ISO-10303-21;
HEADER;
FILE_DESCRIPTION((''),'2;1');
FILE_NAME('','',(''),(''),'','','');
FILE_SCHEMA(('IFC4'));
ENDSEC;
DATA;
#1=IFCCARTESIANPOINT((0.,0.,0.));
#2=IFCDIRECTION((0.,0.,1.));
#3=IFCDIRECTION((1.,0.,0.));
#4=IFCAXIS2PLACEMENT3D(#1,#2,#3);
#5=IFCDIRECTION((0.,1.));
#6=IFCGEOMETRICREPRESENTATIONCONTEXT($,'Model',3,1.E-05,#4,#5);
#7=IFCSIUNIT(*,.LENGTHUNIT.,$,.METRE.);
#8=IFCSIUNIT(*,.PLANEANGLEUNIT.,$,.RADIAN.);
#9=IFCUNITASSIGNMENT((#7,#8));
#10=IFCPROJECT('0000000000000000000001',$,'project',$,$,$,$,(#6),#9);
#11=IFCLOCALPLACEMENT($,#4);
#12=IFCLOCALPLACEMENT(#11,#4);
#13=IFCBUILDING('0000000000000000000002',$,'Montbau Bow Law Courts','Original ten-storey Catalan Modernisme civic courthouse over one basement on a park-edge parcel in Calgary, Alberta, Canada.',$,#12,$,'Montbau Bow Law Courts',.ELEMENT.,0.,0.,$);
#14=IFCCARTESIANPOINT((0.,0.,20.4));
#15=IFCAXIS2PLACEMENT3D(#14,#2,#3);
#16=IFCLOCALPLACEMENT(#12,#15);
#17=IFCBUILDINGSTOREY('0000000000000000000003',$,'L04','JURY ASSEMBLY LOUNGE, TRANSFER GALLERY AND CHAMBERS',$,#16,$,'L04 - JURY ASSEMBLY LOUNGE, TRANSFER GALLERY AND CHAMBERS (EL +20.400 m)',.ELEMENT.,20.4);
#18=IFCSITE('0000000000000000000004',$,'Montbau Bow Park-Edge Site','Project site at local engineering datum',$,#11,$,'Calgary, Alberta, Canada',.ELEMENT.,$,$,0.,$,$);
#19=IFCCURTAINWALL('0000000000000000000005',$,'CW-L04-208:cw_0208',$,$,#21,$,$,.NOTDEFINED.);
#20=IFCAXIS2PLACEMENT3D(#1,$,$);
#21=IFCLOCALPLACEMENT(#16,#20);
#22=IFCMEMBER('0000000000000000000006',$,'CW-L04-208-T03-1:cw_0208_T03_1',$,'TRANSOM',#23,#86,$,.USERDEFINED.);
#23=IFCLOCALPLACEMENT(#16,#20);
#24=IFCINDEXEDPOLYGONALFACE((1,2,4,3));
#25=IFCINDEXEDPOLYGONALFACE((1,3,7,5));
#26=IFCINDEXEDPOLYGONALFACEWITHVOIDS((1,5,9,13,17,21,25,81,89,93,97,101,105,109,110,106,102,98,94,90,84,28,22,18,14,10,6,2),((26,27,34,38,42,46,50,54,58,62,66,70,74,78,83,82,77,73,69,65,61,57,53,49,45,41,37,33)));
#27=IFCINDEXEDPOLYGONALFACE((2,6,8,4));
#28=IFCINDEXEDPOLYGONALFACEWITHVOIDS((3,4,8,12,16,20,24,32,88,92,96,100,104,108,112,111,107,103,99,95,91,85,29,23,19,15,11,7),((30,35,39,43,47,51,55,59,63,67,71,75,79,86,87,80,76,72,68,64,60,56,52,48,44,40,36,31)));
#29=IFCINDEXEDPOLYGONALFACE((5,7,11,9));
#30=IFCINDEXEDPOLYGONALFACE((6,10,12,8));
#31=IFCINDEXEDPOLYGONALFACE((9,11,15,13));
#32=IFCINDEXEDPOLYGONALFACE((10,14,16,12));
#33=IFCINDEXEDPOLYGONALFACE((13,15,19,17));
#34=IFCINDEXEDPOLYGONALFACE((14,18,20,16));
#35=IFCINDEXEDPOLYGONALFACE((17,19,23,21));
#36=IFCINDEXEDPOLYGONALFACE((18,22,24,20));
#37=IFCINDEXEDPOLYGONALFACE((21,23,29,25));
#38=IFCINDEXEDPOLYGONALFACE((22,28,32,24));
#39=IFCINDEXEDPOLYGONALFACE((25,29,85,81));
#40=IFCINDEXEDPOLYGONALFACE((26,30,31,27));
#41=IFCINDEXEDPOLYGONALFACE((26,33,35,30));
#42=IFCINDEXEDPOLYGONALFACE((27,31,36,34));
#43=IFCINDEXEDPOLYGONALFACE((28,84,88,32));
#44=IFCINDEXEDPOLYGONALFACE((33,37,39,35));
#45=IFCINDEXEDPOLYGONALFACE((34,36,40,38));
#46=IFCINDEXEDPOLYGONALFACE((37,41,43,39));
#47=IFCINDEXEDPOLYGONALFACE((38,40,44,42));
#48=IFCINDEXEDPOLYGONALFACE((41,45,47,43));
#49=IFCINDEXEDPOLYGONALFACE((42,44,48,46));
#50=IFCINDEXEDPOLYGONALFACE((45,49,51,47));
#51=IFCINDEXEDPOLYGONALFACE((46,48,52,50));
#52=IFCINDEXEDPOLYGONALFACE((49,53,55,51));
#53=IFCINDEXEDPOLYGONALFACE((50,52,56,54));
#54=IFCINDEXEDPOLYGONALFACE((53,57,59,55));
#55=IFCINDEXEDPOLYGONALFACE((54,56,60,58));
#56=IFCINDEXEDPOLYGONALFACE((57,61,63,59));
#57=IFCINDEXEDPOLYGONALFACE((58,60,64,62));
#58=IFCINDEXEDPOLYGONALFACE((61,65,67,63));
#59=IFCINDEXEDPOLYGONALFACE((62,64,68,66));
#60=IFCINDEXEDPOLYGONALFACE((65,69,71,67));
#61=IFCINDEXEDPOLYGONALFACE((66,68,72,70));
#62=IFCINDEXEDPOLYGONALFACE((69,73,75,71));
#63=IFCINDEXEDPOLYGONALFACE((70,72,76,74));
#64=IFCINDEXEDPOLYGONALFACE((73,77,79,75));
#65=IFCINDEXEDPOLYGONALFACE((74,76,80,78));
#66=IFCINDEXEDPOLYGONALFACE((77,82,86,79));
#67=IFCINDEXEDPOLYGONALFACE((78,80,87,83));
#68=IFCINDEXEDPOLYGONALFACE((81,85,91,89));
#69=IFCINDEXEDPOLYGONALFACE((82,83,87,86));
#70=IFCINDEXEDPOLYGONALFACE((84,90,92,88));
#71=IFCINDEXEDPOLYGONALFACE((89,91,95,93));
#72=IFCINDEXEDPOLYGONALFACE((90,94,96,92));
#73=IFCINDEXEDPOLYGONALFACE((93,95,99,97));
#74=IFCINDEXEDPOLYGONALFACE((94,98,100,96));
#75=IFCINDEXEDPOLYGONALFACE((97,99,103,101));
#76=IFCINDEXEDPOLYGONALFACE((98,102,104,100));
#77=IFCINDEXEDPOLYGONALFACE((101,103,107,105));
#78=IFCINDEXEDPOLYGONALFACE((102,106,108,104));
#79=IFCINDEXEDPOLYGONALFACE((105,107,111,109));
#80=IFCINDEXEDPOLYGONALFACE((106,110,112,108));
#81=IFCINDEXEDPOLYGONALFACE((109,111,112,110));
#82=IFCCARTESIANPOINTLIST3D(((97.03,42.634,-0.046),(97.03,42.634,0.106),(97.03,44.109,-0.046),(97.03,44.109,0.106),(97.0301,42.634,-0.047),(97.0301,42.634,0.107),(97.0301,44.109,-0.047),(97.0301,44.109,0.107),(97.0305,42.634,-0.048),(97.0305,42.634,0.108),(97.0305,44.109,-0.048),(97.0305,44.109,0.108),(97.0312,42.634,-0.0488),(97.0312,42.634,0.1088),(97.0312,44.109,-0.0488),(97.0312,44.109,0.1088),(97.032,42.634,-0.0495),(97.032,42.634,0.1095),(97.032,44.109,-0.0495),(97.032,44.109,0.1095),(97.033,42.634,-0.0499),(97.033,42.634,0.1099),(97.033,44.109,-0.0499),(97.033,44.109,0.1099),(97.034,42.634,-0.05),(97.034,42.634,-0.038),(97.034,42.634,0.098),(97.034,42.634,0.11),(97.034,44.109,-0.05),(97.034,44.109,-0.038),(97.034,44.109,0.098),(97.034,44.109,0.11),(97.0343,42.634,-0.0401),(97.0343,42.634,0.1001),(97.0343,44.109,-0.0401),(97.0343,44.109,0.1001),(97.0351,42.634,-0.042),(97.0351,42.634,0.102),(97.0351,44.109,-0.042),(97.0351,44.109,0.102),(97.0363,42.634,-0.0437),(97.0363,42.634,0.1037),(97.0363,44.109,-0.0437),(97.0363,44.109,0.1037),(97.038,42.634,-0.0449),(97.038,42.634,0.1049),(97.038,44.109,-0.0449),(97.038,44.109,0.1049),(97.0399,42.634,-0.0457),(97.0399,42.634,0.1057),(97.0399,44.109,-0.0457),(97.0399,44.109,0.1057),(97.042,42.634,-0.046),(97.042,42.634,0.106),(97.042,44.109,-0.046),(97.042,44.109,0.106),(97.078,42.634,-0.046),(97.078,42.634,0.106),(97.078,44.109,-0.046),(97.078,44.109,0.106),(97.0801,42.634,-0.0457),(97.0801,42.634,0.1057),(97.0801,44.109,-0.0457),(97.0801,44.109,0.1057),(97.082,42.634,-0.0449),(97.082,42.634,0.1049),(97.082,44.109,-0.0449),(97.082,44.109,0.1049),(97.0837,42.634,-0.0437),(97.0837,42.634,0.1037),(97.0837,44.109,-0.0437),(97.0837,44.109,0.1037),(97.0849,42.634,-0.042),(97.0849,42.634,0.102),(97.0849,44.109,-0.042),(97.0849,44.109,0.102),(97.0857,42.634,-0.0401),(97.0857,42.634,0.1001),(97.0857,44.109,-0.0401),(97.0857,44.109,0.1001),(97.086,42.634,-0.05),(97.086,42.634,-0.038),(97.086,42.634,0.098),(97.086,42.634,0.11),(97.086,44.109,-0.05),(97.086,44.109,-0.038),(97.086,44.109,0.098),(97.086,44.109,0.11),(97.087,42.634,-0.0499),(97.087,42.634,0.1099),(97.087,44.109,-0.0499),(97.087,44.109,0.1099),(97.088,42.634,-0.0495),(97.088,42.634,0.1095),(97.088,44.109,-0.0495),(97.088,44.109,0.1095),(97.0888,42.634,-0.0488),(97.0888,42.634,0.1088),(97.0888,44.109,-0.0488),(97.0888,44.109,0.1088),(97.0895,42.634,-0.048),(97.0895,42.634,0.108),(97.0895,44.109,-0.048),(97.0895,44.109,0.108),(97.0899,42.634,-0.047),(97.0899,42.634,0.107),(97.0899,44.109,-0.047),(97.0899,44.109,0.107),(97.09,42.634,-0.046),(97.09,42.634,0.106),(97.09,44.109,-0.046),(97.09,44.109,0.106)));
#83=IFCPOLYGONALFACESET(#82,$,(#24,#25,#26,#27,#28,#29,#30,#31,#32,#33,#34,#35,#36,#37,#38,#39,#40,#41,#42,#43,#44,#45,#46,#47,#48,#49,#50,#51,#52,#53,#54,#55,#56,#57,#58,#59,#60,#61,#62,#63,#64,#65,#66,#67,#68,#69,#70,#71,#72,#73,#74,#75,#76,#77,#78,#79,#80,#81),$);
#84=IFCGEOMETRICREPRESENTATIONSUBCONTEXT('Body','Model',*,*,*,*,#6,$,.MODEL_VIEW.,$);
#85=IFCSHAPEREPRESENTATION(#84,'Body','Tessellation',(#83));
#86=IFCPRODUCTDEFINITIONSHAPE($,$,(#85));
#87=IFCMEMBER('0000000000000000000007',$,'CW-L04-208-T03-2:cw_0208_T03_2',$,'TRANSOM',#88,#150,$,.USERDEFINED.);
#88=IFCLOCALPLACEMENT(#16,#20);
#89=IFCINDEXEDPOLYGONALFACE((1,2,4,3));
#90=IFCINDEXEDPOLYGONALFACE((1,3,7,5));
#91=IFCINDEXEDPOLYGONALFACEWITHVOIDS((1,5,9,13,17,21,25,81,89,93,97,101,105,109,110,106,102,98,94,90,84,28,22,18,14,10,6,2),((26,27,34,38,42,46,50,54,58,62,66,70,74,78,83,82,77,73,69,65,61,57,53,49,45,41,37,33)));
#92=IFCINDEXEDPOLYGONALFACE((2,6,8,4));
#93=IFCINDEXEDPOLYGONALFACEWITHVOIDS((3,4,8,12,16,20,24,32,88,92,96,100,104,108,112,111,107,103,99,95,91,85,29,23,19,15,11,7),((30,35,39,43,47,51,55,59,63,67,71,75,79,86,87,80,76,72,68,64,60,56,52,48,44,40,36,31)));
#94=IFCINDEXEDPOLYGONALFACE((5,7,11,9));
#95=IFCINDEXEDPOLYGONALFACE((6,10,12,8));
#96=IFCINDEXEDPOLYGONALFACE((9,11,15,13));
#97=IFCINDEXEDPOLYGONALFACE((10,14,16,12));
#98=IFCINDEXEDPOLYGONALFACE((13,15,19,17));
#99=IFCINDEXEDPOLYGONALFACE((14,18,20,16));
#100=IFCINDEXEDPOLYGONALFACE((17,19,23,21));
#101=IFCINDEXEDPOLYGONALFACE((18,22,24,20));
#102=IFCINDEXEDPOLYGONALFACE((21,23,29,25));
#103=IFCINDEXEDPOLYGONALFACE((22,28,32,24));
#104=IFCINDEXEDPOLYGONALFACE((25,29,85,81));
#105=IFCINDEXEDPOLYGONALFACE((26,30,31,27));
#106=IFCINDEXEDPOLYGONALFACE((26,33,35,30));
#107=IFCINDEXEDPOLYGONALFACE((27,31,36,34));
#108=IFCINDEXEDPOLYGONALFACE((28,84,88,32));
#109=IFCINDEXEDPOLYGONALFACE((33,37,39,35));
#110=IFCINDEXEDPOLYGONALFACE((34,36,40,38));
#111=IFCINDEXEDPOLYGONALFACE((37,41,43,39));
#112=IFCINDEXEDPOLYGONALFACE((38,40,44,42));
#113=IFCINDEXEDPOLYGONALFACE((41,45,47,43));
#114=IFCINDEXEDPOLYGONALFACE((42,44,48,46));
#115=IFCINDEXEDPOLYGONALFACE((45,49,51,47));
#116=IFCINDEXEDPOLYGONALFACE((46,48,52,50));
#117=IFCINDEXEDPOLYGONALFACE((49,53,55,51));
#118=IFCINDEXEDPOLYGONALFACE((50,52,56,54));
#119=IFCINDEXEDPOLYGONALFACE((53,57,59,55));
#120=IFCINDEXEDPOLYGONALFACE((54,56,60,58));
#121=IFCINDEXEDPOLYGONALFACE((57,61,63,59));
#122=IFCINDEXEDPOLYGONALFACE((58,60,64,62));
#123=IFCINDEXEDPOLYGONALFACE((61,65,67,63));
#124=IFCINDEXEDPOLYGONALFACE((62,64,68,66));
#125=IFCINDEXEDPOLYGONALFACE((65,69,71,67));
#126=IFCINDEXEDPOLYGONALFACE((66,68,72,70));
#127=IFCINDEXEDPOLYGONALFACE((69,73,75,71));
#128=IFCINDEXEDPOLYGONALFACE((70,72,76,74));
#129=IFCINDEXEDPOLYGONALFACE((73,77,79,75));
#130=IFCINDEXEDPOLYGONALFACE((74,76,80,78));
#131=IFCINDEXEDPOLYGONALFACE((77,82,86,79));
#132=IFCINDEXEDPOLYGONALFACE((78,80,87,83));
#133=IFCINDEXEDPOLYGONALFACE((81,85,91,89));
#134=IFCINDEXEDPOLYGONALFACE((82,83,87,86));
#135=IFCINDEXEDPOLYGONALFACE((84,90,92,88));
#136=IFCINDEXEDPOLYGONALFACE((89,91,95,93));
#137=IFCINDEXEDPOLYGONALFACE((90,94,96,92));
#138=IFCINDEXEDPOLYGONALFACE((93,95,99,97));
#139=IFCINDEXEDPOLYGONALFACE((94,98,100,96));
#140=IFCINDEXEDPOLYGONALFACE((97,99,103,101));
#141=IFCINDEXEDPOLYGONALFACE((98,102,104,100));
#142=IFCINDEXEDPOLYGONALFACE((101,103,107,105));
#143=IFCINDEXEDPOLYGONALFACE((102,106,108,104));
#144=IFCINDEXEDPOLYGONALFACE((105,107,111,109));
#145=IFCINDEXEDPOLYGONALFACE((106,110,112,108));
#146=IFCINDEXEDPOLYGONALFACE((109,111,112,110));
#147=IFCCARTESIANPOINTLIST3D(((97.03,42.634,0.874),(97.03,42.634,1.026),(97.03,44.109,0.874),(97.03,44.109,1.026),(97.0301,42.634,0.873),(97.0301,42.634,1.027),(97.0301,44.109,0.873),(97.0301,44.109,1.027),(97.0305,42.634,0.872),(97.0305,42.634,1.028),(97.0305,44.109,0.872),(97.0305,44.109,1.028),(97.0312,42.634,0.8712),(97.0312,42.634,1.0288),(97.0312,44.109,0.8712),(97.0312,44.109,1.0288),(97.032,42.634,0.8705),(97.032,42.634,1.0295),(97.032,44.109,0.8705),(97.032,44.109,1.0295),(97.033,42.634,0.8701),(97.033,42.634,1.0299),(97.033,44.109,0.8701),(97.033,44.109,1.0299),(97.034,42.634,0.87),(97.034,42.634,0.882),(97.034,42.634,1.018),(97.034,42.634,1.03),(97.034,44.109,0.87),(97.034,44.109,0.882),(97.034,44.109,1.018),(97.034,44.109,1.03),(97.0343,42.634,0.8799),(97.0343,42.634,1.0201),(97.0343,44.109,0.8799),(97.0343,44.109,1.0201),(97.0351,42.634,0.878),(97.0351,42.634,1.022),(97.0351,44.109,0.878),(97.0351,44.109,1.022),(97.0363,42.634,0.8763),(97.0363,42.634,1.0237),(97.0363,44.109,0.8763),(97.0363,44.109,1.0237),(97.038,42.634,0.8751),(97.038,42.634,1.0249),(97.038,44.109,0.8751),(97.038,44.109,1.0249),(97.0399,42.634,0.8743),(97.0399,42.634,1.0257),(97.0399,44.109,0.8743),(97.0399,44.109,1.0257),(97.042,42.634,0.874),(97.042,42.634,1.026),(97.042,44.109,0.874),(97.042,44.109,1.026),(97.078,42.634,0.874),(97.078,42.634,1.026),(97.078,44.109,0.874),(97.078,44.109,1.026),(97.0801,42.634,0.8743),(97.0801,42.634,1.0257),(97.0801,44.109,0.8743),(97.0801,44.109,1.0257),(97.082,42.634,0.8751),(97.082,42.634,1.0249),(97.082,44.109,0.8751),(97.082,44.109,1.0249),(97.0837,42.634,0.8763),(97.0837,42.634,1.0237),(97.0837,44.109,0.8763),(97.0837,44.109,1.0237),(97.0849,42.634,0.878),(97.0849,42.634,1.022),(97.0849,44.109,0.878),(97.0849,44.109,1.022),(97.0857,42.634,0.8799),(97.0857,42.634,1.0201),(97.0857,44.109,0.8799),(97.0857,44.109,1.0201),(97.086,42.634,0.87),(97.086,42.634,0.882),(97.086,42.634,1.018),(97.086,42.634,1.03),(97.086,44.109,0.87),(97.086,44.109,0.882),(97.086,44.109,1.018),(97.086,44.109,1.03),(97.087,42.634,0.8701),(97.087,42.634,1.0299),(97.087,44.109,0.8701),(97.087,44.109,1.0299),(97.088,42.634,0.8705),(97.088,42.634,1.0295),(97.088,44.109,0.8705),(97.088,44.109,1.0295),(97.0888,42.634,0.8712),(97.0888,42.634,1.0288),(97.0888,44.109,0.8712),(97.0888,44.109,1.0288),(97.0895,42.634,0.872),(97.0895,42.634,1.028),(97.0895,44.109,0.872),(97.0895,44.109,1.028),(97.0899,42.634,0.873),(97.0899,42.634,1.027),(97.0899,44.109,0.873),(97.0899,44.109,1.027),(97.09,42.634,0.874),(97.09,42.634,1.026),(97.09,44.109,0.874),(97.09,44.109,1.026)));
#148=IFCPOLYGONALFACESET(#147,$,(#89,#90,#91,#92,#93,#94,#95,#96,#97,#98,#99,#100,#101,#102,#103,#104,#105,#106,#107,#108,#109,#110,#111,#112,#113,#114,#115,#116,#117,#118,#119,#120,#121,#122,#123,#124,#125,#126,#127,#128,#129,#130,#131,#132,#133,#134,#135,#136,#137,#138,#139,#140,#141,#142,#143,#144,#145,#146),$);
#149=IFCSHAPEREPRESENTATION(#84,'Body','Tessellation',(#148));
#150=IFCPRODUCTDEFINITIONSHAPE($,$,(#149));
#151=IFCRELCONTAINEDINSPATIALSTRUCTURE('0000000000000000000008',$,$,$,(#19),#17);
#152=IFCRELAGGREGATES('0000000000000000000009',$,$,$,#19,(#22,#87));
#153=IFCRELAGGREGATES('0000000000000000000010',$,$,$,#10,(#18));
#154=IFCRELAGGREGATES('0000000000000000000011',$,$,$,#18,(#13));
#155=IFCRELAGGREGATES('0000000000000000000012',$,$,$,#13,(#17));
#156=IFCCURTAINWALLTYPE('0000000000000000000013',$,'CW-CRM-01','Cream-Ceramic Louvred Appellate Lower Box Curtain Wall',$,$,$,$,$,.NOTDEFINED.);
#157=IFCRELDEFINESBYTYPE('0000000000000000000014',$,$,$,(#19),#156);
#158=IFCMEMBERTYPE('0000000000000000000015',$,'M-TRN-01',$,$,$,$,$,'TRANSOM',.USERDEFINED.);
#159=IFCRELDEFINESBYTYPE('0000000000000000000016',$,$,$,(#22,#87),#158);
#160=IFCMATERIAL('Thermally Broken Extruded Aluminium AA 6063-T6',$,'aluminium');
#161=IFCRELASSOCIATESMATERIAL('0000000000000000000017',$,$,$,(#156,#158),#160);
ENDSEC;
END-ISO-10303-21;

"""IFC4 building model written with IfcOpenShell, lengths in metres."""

from ifc_helpers import new_model, si_unit, direction, frame, origin_with_axes, origin_2d_with_axis, place, context, subcontext, project, spatial, hollow_rectangle, extrude, material, material_profile, profile_set, type_object, element, aggregate, save


model = new_model("IFC4")

# Units and contexts
model_context = context("Model", 3, precision=1e-05, world=origin_with_axes(), true_north=direction((0.0, 1.0)))
body_context = subcontext(model_context, "Body", "Model", "MODEL_VIEW")
ifc_project = project(units=[si_unit("LENGTHUNIT", "METRE"), si_unit("PLANEANGLEUNIT", "RADIAN")], contexts=[model_context])

# Site, building, storey
site_placement = place(None, origin_with_axes())
site = spatial("IfcSite", under=ifc_project, at=site_placement, Name="Montbau Bow Park-Edge Site", Description="Project site at local engineering datum", LongName="Calgary, Alberta, Canada", CompositionType="ELEMENT", RefElevation=0.0)
building_placement = place(site_placement, origin_with_axes())
building = spatial("IfcBuilding", under=site, at=building_placement, Name="Montbau Bow Law Courts", Description="Original ten-storey Catalan Modernisme civic courthouse over one basement on a park-edge parcel in Calgary, Alberta, Canada.", LongName="Montbau Bow Law Courts", CompositionType="ELEMENT", ElevationOfRefHeight=0.0, ElevationOfTerrain=0.0)
storey_placement = place(building_placement, frame((0.0, 0.0, 20.4), z_axis=(0.0, 0.0, 1.0), x_axis=(1.0, 0.0, 0.0)))
storey = spatial("IfcBuildingStorey", under=building, at=storey_placement, Name="L04", Description="JURY ASSEMBLY LOUNGE, TRANSFER GALLERY AND CHAMBERS", LongName="L04 - JURY ASSEMBLY LOUNGE, TRANSFER GALLERY AND CHAMBERS (EL +20.400 m)", CompositionType="ELEMENT", Elevation=20.4)

# Curtain wall
ifc_material_1 = material(Name="Thermally Broken Extruded Aluminium AA 6063-T6", Category="aluminium")
curtain_wall_type = type_object("IfcCurtainWallType", Name="CW-CRM-01", Description="Cream-Ceramic Louvred Appellate Lower Box Curtain Wall", PredefinedType="NOTDEFINED", material=ifc_material_1)
curtain_wall_1_placement = place(None, frame((97.06, 39.515, 20.4), z_axis=(0.0, 0.0, 1.0), x_axis=(1.0, 0.0, 0.0)))
curtain_wall_1 = element("IfcCurtainWall", 1, at=curtain_wall_1_placement, inside=storey, type_object=curtain_wall_type, Name="CW-L04-208:cw_0208", PredefinedType="NOTDEFINED")

# Members
ifc_material_profile_1 = material_profile(ifc_material_1, hollow_rectangle(XDim=0.06, YDim=0.16, WallThickness=0.004, InnerFilletRadius=0.008, OuterFilletRadius=0.004, at=origin_2d_with_axis()), Name="CWT-160X60", Category="Main", Priority=0)
ifc_profile_set_1 = profile_set([ifc_material_profile_1], Name="Thermally Broken Extruded Aluminium AA 6063-T6")
member_type_1 = type_object("IfcMemberType", Name="M-TRN-01", ElementType="TRANSOM", PredefinedType="USERDEFINED", material=ifc_profile_set_1)
member_1_placement = place(None, frame((97.06, 42.634, 20.43), z_axis=(0.0, 1.0, 0.0), x_axis=(-1.0, 0.0, 0.0)))
member_1 = element("IfcMember", 2, at=member_1_placement, type_object=member_type_1, Name="CW-L04-208-T03-1:cw_0208_T03_1", ObjectType="TRANSOM", PredefinedType="USERDEFINED", context=body_context, shape_type="SweptSolid", body=[
    extrude(hollow_rectangle(XDim=0.06, YDim=0.16, WallThickness=0.004, InnerFilletRadius=0.008, OuterFilletRadius=0.004, at=origin_2d_with_axis()), origin_with_axes(), (0.0, 0.0, 1.0), 1.475),
])
member_2_placement = place(None, frame((97.06, 42.634, 21.35), z_axis=(0.0, 1.0, 0.0), x_axis=(-1.0, 0.0, 0.0)))
member_2 = element("IfcMember", 3, at=member_2_placement, type_object=member_type_1, Name="CW-L04-208-T03-2:cw_0208_T03_2", ObjectType="TRANSOM", PredefinedType="USERDEFINED", context=body_context, shape_type="SweptSolid", body=[
    extrude(hollow_rectangle(XDim=0.06, YDim=0.16, WallThickness=0.004, InnerFilletRadius=0.008, OuterFilletRadius=0.004, at=origin_2d_with_axis()), origin_with_axes(), (0.0, 0.0, 1.0), 1.475),
])

aggregate(curtain_wall_1, [member_1, member_2])

save(model, "model.ifc")
